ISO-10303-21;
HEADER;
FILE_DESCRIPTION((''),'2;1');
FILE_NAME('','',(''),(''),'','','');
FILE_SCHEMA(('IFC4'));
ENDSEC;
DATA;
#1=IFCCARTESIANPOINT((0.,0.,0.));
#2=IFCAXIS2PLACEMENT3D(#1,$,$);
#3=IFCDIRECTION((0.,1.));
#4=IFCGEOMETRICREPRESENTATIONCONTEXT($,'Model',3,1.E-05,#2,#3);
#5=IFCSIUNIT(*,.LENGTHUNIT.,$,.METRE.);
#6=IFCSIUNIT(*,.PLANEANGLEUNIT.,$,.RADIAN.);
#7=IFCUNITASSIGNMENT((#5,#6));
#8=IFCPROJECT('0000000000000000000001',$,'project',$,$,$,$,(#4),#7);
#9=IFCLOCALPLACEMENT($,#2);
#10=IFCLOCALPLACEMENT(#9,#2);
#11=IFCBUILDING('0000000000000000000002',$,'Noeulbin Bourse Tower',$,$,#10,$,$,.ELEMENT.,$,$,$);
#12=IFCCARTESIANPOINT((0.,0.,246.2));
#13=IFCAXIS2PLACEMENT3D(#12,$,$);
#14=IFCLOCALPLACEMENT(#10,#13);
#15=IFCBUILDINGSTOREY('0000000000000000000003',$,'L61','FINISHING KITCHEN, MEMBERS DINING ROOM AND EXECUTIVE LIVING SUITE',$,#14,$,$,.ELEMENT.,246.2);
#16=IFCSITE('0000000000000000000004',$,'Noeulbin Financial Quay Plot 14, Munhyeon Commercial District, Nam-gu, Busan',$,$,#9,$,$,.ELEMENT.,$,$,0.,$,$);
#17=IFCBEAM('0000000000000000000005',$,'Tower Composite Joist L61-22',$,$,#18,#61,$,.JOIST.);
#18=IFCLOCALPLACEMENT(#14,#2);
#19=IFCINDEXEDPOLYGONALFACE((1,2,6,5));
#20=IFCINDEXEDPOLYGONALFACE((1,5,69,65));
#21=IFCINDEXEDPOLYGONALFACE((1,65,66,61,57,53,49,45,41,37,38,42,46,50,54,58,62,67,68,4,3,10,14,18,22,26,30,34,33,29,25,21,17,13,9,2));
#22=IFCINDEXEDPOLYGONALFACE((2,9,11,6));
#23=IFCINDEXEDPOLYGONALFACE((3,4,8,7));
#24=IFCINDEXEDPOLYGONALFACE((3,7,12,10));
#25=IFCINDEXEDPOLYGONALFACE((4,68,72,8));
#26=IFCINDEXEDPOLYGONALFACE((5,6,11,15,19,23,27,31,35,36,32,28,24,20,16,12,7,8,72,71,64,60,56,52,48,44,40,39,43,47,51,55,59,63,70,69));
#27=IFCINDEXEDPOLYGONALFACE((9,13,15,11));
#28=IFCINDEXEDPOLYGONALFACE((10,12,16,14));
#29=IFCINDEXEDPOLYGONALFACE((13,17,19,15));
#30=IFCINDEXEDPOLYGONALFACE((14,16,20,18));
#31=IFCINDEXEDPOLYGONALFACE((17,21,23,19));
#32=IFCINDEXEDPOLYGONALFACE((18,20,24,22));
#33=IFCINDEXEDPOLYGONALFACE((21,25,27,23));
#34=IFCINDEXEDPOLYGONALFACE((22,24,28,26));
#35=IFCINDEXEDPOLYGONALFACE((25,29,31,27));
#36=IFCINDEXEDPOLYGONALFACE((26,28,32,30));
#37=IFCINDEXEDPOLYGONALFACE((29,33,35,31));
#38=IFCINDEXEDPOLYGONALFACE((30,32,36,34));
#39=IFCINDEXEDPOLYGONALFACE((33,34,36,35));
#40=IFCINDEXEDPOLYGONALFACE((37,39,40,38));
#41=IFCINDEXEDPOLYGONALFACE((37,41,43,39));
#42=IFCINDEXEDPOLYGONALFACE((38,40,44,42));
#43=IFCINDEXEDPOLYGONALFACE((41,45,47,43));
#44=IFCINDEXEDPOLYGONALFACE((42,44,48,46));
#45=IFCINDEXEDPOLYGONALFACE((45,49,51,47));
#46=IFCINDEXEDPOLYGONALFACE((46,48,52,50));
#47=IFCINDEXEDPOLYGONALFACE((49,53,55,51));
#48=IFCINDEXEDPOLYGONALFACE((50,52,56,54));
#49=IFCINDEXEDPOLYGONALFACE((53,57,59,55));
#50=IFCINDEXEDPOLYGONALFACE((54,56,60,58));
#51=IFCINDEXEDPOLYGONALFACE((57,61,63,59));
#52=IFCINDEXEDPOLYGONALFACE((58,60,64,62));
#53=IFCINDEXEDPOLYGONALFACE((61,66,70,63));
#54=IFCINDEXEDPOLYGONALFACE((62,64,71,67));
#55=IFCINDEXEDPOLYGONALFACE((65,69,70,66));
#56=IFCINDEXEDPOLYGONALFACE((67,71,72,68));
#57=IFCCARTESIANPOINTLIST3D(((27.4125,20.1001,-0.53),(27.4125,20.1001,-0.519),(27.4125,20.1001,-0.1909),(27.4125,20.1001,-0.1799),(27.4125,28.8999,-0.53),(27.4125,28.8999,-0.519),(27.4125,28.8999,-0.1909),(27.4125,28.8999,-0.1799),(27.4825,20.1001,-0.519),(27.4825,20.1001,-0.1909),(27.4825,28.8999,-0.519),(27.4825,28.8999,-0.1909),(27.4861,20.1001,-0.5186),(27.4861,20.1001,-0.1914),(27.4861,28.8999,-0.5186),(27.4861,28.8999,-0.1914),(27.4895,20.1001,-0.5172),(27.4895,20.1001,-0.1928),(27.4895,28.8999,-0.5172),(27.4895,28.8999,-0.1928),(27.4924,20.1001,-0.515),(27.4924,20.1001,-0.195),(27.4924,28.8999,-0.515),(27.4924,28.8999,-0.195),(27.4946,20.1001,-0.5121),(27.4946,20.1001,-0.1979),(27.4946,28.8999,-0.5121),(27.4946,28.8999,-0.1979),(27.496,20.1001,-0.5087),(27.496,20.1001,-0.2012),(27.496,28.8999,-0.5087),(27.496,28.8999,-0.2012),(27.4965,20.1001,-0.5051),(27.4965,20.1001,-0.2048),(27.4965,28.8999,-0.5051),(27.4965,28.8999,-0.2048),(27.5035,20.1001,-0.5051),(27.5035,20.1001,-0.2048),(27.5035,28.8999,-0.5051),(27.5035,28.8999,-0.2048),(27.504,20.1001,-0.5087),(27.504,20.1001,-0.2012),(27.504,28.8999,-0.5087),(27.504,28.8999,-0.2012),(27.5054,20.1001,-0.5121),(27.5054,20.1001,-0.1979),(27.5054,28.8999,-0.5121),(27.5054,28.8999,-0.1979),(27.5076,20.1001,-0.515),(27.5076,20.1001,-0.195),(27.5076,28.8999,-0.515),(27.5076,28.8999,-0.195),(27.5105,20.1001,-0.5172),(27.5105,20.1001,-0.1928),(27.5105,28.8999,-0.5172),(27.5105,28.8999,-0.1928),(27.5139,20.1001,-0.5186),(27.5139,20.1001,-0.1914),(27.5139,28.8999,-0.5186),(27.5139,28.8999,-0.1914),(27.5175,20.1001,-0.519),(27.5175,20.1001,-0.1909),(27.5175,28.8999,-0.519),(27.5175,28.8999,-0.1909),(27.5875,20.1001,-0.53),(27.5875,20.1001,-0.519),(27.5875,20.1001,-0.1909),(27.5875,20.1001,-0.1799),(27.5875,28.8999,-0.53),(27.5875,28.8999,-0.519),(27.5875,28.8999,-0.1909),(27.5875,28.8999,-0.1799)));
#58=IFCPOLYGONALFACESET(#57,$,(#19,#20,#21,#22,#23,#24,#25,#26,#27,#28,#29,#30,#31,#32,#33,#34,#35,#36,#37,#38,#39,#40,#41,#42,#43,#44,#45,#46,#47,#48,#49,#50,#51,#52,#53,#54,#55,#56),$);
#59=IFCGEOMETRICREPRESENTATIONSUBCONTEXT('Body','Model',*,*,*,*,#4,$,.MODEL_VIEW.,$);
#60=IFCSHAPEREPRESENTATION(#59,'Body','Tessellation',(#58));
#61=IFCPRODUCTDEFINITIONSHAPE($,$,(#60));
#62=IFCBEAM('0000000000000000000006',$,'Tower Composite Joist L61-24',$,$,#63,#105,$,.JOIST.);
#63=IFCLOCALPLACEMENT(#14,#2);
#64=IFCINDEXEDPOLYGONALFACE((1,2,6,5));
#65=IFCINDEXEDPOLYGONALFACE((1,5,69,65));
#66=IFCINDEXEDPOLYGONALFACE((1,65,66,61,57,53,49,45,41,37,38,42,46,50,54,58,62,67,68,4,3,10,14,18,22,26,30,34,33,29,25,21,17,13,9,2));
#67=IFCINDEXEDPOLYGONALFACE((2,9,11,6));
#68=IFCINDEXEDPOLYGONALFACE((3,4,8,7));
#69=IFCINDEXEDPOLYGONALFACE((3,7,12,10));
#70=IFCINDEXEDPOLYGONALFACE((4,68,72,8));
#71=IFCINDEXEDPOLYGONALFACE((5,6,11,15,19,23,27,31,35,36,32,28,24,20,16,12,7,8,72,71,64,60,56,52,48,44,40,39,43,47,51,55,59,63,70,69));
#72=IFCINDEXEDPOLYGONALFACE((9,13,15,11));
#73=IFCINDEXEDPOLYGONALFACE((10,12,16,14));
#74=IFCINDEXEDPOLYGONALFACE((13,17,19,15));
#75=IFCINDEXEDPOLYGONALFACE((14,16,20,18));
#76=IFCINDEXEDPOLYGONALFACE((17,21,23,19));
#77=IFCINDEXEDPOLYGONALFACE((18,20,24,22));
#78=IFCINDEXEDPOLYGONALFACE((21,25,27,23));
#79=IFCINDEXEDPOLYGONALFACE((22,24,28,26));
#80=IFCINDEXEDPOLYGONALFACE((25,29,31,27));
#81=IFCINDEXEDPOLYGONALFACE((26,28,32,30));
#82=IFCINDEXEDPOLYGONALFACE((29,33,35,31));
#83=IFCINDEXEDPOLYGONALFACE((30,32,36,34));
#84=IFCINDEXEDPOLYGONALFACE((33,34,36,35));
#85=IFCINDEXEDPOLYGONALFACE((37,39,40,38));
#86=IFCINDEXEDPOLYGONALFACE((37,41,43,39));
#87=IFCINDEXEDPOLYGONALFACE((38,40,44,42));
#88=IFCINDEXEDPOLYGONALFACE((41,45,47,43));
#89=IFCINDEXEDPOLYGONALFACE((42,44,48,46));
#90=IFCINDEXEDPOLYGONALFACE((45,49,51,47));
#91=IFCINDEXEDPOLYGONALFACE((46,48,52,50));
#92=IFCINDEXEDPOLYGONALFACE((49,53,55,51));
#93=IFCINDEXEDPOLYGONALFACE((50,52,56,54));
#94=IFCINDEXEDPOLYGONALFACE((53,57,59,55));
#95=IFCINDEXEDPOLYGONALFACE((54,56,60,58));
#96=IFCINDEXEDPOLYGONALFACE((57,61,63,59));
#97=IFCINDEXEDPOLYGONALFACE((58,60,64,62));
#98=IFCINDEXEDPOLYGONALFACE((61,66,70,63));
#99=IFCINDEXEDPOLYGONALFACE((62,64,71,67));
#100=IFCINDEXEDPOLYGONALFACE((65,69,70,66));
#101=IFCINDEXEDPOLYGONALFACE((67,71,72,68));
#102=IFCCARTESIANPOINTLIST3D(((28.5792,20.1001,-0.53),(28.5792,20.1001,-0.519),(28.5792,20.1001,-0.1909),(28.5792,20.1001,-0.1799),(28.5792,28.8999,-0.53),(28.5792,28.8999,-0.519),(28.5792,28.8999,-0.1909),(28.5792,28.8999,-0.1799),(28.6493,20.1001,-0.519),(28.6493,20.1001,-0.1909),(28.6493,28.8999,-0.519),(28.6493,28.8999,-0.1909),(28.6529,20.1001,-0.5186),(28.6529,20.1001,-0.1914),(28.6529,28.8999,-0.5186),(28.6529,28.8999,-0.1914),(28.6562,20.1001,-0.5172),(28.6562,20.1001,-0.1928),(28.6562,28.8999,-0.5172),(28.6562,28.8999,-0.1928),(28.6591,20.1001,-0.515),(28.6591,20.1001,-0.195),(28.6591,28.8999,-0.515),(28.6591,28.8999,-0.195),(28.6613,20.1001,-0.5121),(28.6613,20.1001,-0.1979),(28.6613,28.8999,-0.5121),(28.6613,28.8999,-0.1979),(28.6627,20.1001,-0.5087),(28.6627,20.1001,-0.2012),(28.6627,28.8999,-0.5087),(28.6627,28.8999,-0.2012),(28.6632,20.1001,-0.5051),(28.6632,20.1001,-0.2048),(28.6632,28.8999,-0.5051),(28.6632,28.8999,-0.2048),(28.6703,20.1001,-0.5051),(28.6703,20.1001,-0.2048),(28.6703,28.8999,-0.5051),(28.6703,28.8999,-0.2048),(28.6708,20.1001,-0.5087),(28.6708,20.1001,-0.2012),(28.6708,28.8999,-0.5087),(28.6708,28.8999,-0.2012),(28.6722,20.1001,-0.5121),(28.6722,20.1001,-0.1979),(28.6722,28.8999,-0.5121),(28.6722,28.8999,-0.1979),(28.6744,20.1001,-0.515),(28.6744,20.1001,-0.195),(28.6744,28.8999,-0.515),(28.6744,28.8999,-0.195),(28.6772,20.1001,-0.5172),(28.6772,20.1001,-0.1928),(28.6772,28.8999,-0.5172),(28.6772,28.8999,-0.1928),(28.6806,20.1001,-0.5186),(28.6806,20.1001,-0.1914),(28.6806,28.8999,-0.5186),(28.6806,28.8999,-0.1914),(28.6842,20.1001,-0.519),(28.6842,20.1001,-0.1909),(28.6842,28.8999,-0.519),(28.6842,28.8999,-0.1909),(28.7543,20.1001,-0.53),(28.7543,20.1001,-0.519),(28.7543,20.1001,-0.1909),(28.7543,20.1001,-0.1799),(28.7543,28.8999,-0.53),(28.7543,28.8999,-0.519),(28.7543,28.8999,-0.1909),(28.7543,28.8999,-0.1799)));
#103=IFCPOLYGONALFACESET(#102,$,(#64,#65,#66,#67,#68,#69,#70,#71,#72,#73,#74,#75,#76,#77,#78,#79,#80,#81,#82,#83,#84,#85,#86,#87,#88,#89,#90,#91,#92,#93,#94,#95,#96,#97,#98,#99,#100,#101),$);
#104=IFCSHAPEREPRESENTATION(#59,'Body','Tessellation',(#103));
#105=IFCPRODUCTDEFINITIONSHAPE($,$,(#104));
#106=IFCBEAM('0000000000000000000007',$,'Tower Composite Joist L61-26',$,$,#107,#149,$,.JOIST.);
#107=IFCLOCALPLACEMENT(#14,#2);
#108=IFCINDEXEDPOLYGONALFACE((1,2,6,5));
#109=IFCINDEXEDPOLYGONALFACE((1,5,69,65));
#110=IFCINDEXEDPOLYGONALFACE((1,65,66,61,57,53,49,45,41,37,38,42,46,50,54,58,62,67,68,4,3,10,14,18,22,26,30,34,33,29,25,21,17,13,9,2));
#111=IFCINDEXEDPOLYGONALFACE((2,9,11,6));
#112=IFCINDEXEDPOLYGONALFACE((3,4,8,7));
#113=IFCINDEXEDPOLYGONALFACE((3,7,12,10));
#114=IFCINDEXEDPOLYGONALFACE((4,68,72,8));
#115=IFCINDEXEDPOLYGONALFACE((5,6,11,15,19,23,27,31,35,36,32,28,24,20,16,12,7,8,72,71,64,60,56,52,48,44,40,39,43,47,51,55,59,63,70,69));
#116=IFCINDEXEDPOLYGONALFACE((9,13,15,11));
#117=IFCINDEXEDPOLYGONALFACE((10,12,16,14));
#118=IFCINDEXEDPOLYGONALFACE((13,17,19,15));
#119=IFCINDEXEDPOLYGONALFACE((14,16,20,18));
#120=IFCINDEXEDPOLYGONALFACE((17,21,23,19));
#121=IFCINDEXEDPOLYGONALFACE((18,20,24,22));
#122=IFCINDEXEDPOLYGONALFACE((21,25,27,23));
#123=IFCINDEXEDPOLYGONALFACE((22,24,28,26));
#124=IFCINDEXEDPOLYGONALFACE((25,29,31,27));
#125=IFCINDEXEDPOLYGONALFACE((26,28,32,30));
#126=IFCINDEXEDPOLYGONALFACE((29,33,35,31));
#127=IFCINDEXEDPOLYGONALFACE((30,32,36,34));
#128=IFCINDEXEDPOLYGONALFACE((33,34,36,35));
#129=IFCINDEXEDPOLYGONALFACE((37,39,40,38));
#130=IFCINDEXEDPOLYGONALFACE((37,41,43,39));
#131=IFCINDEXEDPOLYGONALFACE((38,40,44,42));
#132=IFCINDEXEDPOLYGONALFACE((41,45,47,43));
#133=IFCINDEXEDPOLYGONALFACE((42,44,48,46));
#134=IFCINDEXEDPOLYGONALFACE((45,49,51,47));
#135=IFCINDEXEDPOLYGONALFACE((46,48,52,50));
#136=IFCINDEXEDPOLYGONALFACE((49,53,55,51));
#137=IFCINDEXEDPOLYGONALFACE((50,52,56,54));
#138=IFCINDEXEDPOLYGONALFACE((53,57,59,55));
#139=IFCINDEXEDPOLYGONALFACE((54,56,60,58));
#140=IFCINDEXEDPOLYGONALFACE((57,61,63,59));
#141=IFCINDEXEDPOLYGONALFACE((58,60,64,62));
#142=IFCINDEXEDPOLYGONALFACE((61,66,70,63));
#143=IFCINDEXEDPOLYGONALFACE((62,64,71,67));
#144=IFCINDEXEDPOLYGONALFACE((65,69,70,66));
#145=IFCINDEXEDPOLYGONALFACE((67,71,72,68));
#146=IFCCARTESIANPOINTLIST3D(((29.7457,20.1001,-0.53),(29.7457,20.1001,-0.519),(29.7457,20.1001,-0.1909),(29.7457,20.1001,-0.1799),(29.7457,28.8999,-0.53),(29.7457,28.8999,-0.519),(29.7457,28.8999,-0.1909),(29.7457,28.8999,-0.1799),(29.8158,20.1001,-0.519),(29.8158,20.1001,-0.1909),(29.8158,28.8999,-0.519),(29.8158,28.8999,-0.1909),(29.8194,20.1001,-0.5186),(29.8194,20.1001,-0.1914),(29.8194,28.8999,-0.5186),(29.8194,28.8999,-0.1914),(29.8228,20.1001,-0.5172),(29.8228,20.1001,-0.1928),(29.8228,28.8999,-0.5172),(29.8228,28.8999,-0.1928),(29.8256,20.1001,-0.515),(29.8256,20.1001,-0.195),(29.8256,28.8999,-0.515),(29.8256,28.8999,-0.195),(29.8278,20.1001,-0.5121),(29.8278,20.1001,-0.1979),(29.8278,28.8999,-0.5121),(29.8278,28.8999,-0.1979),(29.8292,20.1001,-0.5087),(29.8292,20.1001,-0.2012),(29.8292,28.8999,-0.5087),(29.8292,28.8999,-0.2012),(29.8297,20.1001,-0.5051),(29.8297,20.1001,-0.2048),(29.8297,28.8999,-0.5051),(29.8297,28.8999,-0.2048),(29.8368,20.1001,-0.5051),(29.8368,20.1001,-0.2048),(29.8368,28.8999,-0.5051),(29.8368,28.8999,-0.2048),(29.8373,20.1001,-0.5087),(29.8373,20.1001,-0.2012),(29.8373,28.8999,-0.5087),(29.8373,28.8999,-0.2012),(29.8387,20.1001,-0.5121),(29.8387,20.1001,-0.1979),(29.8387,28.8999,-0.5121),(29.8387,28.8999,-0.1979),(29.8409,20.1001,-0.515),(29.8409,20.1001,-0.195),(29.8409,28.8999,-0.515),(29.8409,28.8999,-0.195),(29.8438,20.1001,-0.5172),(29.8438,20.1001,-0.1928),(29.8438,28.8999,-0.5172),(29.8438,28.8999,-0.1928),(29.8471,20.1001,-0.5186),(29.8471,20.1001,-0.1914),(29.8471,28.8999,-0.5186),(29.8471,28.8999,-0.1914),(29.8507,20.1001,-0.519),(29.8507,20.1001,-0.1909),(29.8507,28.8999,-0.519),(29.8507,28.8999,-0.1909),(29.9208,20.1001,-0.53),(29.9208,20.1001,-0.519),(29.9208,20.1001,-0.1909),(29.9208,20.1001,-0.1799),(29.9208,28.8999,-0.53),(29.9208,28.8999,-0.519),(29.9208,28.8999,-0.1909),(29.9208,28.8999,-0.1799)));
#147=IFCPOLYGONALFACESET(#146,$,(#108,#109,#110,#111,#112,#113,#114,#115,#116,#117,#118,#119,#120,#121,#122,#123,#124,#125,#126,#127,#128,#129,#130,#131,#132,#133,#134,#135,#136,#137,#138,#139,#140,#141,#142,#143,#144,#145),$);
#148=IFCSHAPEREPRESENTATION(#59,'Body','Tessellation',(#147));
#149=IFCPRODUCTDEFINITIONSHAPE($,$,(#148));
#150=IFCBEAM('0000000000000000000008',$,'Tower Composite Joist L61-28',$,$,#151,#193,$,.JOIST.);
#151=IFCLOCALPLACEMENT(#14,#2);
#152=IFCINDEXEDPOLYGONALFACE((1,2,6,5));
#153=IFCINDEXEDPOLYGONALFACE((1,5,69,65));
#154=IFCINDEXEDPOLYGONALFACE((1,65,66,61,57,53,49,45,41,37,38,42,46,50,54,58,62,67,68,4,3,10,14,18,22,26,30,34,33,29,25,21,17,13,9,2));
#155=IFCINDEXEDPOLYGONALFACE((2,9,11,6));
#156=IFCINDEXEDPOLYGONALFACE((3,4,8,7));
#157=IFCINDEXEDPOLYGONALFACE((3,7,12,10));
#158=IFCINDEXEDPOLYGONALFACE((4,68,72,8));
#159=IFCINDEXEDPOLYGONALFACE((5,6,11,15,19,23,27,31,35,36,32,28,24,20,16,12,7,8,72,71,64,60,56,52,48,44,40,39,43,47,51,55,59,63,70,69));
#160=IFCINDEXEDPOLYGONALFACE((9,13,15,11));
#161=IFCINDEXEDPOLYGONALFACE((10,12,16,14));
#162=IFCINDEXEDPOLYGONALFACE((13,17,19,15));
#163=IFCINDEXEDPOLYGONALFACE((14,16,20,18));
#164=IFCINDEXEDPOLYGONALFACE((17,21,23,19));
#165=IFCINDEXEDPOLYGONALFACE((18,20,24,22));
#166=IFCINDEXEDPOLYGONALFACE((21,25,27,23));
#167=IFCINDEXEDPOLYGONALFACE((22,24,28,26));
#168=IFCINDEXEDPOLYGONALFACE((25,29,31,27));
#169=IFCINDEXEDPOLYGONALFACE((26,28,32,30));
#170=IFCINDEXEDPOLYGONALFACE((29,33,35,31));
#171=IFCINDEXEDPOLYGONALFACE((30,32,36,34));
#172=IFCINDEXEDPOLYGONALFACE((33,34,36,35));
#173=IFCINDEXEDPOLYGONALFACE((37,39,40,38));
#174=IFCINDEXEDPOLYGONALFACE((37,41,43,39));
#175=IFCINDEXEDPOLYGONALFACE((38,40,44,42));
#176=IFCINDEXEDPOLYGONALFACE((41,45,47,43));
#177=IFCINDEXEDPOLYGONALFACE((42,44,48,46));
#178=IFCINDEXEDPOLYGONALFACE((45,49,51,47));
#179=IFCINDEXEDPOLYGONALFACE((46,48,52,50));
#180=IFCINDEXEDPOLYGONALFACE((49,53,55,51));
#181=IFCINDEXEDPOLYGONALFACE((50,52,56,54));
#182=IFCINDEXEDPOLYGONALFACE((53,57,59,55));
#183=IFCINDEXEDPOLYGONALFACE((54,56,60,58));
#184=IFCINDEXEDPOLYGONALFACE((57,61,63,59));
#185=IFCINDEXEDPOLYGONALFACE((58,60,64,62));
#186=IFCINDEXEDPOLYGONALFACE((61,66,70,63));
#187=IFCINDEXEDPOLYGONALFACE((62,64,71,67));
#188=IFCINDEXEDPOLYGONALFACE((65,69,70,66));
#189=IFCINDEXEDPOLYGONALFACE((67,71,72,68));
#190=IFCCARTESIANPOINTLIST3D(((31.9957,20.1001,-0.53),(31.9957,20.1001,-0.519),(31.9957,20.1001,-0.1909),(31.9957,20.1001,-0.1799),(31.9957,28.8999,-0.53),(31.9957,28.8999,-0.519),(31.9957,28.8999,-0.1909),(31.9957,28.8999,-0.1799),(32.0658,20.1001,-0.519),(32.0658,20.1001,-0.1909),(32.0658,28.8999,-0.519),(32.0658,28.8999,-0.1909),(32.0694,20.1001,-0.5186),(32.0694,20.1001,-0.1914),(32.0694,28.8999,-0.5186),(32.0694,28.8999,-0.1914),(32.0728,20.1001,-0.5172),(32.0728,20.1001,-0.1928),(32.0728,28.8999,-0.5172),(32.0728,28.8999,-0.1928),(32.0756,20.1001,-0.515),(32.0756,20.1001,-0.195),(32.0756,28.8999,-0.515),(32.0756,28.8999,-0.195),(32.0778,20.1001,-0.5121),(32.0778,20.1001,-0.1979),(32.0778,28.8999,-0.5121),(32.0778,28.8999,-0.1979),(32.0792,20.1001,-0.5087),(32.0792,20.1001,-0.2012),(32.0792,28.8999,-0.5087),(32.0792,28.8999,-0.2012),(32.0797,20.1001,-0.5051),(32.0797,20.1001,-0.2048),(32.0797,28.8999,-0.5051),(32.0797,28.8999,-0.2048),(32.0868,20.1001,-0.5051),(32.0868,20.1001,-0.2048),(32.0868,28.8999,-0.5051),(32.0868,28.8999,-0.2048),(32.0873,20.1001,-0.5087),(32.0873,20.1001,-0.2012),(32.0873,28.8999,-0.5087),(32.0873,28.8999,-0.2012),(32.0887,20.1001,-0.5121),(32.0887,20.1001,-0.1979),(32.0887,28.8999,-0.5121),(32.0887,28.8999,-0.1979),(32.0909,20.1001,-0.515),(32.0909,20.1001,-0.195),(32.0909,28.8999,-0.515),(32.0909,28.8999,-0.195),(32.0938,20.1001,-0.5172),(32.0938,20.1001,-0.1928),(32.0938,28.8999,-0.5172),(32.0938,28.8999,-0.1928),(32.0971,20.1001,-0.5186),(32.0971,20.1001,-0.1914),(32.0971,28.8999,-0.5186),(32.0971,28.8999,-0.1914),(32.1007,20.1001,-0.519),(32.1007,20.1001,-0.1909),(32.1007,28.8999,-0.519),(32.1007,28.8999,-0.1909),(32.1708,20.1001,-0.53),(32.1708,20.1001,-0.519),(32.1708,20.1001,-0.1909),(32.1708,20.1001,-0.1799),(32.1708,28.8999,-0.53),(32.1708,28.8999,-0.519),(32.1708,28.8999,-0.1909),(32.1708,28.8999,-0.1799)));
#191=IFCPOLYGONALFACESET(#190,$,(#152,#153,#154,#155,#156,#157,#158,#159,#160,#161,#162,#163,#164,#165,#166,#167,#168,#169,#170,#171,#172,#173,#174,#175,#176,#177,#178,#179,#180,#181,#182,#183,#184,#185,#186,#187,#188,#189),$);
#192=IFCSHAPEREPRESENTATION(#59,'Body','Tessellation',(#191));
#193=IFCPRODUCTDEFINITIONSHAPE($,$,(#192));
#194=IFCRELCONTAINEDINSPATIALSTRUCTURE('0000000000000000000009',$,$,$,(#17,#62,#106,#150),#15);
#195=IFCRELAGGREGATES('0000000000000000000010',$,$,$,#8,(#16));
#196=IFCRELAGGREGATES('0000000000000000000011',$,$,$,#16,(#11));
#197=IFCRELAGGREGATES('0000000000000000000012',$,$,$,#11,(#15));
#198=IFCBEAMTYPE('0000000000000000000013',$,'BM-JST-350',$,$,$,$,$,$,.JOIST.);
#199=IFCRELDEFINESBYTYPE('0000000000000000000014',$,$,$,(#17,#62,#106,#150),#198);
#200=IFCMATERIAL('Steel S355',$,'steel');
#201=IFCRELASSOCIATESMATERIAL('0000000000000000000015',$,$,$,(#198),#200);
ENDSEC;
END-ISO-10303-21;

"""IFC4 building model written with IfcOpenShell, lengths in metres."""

from ifc_helpers import new_model, si_unit, direction, frame, origin, origin_2d, place, context, subcontext, project, spatial, i_section, extrude, material, material_profile, profile_set, type_object, element, save


model = new_model("IFC4")

# Units and contexts
model_context = context("Model", 3, precision=1e-05, world=origin(), true_north=direction((0.0, 1.0)))
body_context = subcontext(model_context, "Body", "Model", "MODEL_VIEW")
ifc_project = project(units=[si_unit("LENGTHUNIT", "METRE"), si_unit("PLANEANGLEUNIT", "RADIAN")], contexts=[model_context])

# Site, building, storey
site_placement = place(None, origin())
site = spatial("IfcSite", under=ifc_project, at=site_placement, Name="Noeulbin Financial Quay Plot 14, Munhyeon Commercial District, Nam-gu, Busan", CompositionType="ELEMENT", RefElevation=0.0)
building_placement = place(site_placement, origin())
building = spatial("IfcBuilding", under=site, at=building_placement, Name="Noeulbin Bourse Tower", CompositionType="ELEMENT")
storey_placement = place(building_placement, frame((0.0, 0.0, 246.2)))
storey = spatial("IfcBuildingStorey", under=building, at=storey_placement, Name="L61", Description="FINISHING KITCHEN, MEMBERS DINING ROOM AND EXECUTIVE LIVING SUITE", CompositionType="ELEMENT", Elevation=246.2)

# Shared definitions
ifc_material_1 = material(Name="Steel S355", Category="steel")

# Beams
ifc_material_profile_1 = material_profile(ifc_material_1, i_section(OverallWidth=0.175, OverallDepth=0.3501, WebThickness=0.0071, FlangeThickness=0.011, FilletRadius=0.0139, at=origin_2d()), Name="H-350x175x7x11", Category="LoadBearing")
ifc_profile_set_1 = profile_set([ifc_material_profile_1], Name="Steel S355")
beam_type = type_object("IfcBeamType", Name="BM-JST-350", PredefinedType="JOIST", material=ifc_profile_set_1)
for number, where, z_axis, x_axis, name in (
    (1, (27.5, 20.1001, -0.355), (0.0, 1.0, 0.0), (-1.0, 0.0, 0.0), "Tower Composite Joist L61-22"),
    (2, (28.6667, 20.1001, -0.355), (0.0, 1.0, 0.0), (-1.0, 0.0, 0.0), "Tower Composite Joist L61-24"),
    (3, (29.8333, 20.1001, -0.355), (0.0, 1.0, 0.0), (-1.0, 0.0, 0.0), "Tower Composite Joist L61-26"),
    (4, (32.0833, 20.1001, -0.355), (0.0, 1.0, 0.0), (-1.0, 0.0, 0.0), "Tower Composite Joist L61-28"),
):
    element("IfcBeam", number, at=place(storey_placement, frame(where, z_axis=z_axis, x_axis=x_axis)), inside=storey, type_object=beam_type, Name=name, PredefinedType="JOIST", context=body_context, shape_type="SweptSolid", body=[
        extrude(i_section(OverallWidth=0.175, OverallDepth=0.3501, WebThickness=0.0071, FlangeThickness=0.011, FilletRadius=0.0139, at=origin_2d()), origin(), (0.0, 0.0, 1.0), 8.7998),
    ])

save(model, "model.ifc")
